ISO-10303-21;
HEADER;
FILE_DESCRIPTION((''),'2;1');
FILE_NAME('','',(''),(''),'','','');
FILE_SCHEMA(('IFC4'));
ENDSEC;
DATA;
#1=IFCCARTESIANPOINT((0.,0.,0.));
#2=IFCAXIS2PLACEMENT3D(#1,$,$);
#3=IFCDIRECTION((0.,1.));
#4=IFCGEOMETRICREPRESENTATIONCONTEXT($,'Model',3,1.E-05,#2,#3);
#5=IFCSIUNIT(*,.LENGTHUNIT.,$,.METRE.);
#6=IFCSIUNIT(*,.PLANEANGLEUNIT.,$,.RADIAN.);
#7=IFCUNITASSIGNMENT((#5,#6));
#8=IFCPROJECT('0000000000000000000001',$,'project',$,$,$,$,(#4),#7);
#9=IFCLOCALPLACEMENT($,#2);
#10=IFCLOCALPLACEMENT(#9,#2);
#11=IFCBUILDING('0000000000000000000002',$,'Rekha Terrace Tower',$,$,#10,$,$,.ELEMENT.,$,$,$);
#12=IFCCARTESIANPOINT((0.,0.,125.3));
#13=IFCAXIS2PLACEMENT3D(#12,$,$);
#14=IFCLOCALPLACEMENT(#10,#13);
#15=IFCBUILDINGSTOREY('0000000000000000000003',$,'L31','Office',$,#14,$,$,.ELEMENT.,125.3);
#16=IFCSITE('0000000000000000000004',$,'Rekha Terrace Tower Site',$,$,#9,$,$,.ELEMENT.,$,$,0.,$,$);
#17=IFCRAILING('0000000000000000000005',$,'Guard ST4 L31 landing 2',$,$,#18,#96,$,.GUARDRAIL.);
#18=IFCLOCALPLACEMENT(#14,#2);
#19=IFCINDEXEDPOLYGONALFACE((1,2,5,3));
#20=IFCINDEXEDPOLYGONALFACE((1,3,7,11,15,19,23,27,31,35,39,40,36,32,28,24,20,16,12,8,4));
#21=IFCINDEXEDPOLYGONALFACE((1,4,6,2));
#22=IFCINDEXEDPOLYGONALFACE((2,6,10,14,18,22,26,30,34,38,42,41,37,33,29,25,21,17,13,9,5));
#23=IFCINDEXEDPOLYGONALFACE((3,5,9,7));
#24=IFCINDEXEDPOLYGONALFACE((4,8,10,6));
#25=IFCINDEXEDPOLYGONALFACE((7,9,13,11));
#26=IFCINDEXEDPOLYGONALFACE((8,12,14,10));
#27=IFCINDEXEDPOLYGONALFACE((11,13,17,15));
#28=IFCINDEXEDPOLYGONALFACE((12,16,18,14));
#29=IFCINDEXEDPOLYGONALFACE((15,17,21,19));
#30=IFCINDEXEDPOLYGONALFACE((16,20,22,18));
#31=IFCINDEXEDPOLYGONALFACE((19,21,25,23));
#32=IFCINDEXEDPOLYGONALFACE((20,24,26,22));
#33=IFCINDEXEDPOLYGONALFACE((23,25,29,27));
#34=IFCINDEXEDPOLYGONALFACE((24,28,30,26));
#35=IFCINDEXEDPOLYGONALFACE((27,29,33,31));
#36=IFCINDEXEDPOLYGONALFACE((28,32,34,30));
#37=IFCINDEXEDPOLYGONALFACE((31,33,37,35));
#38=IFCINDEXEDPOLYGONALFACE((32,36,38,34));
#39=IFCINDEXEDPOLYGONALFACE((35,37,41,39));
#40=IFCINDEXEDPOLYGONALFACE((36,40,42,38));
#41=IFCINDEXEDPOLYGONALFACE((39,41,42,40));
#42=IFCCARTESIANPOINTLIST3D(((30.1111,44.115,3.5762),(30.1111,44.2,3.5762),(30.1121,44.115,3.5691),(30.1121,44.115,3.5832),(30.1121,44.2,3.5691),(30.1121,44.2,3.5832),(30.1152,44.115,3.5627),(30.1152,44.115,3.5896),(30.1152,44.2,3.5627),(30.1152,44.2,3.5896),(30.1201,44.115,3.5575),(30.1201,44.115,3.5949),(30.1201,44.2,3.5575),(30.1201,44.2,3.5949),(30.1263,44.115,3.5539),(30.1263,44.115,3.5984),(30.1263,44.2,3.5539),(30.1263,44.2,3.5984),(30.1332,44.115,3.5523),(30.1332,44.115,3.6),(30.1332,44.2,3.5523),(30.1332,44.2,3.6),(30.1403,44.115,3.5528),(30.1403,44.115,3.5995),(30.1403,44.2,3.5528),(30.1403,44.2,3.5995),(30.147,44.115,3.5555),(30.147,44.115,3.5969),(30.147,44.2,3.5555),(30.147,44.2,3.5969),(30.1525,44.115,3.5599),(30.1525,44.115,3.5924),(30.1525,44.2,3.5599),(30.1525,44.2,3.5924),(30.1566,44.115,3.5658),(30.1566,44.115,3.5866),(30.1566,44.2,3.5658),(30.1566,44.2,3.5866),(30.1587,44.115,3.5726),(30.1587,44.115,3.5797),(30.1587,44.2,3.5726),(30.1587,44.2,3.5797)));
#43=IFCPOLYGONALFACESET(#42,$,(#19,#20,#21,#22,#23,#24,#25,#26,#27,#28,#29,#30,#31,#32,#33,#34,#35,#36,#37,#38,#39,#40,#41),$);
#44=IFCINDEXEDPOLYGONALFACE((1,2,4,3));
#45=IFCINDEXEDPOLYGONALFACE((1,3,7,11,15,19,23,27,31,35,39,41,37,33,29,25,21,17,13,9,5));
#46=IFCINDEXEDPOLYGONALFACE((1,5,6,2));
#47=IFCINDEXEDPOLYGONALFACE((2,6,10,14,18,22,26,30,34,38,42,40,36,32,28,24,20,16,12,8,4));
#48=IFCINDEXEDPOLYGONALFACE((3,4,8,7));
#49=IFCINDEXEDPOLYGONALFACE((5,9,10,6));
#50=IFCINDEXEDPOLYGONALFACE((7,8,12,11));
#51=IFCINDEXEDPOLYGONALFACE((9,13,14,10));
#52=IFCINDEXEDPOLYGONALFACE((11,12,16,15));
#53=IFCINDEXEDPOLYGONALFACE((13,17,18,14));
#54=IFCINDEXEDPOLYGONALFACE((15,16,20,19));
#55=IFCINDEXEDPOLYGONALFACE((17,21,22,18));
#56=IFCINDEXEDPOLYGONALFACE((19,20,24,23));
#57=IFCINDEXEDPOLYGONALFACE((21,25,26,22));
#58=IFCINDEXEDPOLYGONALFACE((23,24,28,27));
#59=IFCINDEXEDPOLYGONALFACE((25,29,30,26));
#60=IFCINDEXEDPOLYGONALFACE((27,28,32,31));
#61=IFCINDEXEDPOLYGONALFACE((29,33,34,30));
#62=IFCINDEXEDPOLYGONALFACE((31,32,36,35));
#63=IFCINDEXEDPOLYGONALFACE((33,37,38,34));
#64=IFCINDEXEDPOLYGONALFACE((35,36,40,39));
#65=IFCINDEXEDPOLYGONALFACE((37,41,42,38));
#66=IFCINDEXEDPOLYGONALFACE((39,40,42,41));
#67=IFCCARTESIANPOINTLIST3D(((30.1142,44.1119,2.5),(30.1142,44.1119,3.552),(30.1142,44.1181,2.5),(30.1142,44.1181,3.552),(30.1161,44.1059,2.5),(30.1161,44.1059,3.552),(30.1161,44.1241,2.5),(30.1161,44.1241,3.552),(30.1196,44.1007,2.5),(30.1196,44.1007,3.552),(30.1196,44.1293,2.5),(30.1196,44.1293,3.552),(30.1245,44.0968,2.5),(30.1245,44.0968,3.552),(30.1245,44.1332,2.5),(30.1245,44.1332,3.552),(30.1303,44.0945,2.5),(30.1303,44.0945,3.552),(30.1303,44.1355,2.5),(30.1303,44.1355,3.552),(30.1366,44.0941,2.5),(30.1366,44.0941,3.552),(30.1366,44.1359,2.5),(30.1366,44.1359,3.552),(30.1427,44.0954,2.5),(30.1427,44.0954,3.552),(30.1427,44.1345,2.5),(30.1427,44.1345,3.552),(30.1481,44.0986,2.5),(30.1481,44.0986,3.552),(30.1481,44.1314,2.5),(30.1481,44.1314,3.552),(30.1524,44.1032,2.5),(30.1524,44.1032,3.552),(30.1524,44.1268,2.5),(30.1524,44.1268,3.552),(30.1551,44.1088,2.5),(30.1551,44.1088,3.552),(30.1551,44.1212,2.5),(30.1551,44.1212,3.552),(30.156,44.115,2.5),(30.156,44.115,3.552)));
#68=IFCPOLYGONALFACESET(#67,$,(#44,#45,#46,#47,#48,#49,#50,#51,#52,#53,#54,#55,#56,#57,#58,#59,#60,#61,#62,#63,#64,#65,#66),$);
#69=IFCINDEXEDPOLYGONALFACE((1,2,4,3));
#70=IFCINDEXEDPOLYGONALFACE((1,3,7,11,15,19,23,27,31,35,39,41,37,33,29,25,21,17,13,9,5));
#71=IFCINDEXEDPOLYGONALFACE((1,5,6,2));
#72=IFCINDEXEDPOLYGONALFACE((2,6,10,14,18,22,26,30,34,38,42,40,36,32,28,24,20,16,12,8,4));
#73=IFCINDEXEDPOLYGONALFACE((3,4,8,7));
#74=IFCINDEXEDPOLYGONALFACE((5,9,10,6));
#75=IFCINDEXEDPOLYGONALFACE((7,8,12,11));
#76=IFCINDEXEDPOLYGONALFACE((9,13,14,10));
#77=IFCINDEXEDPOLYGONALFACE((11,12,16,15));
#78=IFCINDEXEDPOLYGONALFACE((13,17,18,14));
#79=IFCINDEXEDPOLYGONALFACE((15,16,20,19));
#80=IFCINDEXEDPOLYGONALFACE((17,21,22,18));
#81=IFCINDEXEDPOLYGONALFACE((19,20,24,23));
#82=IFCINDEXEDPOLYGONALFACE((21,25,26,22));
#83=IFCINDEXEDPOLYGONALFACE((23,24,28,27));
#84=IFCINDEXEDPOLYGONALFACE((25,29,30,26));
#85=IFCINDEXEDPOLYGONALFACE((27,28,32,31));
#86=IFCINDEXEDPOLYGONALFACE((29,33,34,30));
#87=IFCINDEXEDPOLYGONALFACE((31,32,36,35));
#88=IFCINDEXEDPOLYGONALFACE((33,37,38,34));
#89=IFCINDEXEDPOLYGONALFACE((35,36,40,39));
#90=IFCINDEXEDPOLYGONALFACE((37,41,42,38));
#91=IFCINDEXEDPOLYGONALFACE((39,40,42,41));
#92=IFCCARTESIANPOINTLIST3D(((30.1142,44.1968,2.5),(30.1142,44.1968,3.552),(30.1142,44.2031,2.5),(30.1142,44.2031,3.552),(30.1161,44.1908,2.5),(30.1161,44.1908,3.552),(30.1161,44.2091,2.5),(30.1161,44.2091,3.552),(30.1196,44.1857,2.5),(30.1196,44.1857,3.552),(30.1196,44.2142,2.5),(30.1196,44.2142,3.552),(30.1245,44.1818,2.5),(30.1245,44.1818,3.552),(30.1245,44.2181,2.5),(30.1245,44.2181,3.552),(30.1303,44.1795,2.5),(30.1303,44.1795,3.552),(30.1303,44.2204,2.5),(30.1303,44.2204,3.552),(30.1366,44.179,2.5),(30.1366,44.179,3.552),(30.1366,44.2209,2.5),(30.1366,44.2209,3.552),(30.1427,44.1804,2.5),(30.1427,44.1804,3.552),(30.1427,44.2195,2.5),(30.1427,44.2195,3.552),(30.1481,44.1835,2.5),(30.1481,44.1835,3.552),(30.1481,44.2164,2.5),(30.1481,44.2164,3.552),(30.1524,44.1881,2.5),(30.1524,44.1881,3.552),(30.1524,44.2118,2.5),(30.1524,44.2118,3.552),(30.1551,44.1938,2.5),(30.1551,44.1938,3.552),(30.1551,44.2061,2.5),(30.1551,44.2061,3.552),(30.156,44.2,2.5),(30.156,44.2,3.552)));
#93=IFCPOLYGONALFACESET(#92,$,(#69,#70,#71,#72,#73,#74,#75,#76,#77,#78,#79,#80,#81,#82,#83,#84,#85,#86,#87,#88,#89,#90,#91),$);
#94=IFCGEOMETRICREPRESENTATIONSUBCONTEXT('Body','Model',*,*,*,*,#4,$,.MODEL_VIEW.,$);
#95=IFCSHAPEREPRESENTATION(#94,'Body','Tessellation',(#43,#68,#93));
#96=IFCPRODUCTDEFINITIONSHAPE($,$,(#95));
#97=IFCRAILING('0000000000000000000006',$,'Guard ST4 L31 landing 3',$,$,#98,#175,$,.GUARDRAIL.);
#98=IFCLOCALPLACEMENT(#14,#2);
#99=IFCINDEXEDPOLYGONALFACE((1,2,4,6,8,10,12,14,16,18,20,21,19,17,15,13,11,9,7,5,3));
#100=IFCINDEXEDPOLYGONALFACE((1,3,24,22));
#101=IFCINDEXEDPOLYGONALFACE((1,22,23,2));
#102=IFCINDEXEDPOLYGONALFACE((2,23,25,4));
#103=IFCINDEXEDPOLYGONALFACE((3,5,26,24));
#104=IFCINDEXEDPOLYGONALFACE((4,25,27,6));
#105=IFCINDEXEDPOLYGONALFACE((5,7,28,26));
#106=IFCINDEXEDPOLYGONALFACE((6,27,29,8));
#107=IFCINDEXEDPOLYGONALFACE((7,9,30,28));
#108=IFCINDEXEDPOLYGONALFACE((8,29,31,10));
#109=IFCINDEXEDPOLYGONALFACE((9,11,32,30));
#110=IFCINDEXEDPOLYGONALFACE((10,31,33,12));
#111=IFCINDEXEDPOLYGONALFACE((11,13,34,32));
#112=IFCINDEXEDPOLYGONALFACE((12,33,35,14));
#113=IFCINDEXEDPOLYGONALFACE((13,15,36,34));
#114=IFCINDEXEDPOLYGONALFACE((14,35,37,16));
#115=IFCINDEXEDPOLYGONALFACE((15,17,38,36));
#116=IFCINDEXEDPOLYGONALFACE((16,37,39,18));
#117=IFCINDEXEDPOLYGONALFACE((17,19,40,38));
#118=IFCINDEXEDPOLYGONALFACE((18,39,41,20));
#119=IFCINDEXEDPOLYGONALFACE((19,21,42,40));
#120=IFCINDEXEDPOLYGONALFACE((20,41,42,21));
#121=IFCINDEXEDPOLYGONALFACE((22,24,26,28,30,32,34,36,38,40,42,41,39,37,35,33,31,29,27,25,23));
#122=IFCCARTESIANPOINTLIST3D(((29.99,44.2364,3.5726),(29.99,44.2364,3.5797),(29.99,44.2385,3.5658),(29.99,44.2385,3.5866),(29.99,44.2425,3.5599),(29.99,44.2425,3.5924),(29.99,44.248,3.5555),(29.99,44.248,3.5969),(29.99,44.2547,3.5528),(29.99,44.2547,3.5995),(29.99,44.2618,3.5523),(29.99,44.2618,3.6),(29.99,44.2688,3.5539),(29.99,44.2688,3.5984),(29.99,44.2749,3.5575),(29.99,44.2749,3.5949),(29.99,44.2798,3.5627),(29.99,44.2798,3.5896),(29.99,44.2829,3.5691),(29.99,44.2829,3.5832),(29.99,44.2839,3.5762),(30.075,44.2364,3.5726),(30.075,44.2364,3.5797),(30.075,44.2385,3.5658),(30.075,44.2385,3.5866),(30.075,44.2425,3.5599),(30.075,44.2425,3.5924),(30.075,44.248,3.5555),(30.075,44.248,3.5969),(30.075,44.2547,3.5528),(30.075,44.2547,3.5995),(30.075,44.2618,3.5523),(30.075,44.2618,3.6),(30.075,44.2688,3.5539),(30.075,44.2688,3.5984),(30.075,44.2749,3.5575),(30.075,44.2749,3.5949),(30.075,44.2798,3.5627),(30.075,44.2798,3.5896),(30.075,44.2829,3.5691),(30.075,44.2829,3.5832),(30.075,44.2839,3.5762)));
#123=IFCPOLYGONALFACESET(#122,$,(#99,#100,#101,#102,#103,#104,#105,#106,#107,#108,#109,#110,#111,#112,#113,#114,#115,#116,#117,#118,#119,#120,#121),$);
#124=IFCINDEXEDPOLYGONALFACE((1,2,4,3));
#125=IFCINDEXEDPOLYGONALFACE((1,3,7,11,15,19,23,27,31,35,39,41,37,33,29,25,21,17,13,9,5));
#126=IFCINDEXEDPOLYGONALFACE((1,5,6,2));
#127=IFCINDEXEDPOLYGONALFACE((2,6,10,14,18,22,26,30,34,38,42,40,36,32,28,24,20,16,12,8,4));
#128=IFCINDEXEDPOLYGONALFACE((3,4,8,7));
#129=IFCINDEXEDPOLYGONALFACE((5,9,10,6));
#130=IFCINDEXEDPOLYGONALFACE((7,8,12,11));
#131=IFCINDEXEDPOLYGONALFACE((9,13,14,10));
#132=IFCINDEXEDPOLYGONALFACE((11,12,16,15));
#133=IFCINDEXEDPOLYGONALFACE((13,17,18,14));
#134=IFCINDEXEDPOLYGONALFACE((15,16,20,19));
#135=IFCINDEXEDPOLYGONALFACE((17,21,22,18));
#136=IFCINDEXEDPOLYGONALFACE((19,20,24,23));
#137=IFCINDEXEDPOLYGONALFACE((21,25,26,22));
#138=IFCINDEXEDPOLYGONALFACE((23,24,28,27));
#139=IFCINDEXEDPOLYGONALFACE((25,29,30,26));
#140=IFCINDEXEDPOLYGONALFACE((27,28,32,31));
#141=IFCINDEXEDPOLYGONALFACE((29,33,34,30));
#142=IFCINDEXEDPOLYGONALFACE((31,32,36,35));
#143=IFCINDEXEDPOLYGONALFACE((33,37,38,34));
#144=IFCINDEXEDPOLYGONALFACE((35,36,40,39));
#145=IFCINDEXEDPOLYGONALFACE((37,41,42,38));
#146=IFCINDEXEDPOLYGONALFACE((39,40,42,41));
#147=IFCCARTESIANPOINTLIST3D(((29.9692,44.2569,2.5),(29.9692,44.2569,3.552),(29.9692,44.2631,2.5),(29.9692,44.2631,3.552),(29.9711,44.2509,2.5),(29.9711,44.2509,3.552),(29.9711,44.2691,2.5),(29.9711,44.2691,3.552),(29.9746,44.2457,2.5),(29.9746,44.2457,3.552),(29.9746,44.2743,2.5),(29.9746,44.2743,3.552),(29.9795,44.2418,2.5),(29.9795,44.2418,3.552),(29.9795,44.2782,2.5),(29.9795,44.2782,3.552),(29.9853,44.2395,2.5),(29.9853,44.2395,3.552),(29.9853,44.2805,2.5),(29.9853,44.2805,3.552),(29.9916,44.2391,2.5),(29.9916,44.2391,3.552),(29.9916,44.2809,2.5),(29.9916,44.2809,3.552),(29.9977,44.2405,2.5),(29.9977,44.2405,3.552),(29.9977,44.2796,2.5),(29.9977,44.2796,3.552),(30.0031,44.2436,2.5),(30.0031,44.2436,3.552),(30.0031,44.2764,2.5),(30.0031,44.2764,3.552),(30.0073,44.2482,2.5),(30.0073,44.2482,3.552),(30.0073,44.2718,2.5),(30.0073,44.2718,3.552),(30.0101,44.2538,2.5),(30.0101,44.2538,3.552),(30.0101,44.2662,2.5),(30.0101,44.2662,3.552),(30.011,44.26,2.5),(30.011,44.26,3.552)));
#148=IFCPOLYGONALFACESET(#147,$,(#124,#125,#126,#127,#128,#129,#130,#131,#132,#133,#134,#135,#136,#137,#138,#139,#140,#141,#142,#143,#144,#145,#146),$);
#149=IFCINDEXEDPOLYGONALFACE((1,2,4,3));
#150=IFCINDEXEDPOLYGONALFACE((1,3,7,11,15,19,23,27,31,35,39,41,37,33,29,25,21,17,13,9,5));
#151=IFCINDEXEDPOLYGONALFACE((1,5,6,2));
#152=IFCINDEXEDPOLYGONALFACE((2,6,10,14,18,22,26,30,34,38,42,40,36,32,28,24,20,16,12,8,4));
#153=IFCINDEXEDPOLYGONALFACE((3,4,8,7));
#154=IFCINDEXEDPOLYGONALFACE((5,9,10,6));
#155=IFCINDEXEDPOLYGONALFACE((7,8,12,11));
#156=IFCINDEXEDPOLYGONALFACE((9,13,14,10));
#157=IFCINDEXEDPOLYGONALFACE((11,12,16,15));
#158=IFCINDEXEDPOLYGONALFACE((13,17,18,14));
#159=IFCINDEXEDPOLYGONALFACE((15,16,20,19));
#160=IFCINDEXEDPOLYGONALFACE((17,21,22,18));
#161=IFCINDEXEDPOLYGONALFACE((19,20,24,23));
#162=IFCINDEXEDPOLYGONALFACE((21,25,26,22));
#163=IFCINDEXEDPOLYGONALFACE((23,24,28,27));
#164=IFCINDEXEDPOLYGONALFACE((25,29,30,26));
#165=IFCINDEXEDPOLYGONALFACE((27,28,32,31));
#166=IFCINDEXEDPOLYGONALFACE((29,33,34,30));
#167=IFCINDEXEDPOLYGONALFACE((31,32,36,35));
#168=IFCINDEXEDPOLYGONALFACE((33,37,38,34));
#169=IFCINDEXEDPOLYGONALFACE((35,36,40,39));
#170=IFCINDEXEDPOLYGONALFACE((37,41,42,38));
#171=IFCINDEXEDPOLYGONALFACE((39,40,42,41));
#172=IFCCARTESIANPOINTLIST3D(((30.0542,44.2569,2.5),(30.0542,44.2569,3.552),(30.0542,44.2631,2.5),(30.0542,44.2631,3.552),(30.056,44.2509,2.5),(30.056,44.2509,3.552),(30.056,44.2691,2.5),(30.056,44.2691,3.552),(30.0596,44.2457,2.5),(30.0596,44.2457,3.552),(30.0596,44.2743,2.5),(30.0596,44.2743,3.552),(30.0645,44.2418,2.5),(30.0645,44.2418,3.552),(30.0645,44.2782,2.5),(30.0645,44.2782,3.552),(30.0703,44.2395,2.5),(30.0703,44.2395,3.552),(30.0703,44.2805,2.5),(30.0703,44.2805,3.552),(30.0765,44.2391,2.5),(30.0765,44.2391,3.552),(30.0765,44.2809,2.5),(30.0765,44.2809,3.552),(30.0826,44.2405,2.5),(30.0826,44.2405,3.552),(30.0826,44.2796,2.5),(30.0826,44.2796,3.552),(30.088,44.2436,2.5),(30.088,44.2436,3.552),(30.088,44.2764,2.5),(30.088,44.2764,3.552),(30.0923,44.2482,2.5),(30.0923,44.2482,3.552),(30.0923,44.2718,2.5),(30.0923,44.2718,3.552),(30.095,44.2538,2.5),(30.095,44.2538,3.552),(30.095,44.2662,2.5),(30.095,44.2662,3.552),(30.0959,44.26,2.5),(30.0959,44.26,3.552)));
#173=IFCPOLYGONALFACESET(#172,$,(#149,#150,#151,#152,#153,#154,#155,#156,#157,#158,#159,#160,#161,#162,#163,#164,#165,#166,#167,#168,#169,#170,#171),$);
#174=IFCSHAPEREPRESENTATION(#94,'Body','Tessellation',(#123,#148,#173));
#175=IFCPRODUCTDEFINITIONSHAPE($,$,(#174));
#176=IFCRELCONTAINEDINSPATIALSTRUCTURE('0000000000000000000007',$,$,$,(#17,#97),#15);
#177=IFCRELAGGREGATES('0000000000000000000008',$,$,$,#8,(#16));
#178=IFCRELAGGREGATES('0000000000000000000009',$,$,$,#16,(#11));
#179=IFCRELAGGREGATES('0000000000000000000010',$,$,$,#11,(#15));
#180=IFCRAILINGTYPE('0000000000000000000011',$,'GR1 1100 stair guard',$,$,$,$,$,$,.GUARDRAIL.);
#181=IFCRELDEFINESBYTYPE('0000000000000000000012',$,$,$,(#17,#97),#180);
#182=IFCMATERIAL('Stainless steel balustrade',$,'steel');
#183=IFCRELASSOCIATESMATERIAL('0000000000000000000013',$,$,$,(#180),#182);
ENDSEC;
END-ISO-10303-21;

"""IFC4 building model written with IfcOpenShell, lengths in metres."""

from ifc_helpers import new_model, si_unit, direction, frame, origin, origin_2d, place, context, subcontext, project, spatial, circle, extrude, material, type_object, element, save


model = new_model("IFC4")

# Units and contexts
model_context = context("Model", 3, precision=1e-05, world=origin(), true_north=direction((0.0, 1.0)))
body_context = subcontext(model_context, "Body", "Model", "MODEL_VIEW")
ifc_project = project(units=[si_unit("LENGTHUNIT", "METRE"), si_unit("PLANEANGLEUNIT", "RADIAN")], contexts=[model_context])

# Site, building, storey
site_placement = place(None, origin())
site = spatial("IfcSite", under=ifc_project, at=site_placement, Name="Rekha Terrace Tower Site", CompositionType="ELEMENT", RefElevation=0.0)
building_placement = place(site_placement, origin())
building = spatial("IfcBuilding", under=site, at=building_placement, Name="Rekha Terrace Tower", CompositionType="ELEMENT")
storey_placement = place(building_placement, frame((0.0, 0.0, 125.3)))
storey = spatial("IfcBuildingStorey", under=building, at=storey_placement, Name="L31", Description="Office", CompositionType="ELEMENT", Elevation=125.3)

# Railings
ifc_material_1 = material(Name="Stainless steel balustrade", Category="steel")
railing_type_1 = type_object("IfcRailingType", Name="GR1 1100 stair guard", PredefinedType="GUARDRAIL", material=ifc_material_1)
railing_1_placement = place(storey_placement, frame((30.135, 44.115, 2.5)))
element("IfcRailing", 1, at=railing_1_placement, inside=storey, type_object=railing_type_1, Name="Guard ST4 L31 landing 2", PredefinedType="GUARDRAIL", context=body_context, shape_type="SweptSolid", body=[
    extrude(circle(Radius=0.0239, at=origin_2d()), frame((0.0, 0.0, 1.0762), z_axis=(0.0, 1.0, 0.0), x_axis=(-1.0, 0.0, 0.0)), (0.0, 0.0, 1.0), 0.085),
    extrude(circle(Radius=0.021, at=origin_2d()), origin(), (0.0, 0.0, 1.0), 1.052),
    extrude(circle(Radius=0.021, at=origin_2d()), frame((0.0, 0.085, 0.0)), (0.0, 0.0, 1.0), 1.052),
])
railing_2_placement = place(storey_placement, frame((29.99, 44.26, 2.5)))
element("IfcRailing", 2, at=railing_2_placement, inside=storey, type_object=railing_type_1, Name="Guard ST4 L31 landing 3", PredefinedType="GUARDRAIL", context=body_context, shape_type="SweptSolid", body=[
    extrude(circle(Radius=0.0239, at=origin_2d()), frame((0.0, 0.0, 1.0762), z_axis=(1.0, 0.0, 0.0), x_axis=(0.0, 1.0, 0.0)), (0.0, 0.0, 1.0), 0.085),
    extrude(circle(Radius=0.021, at=origin_2d()), origin(), (0.0, 0.0, 1.0), 1.052),
    extrude(circle(Radius=0.021, at=origin_2d()), frame((0.085, 0.0, 0.0)), (0.0, 0.0, 1.0), 1.052),
])

save(model, "model.ifc")
